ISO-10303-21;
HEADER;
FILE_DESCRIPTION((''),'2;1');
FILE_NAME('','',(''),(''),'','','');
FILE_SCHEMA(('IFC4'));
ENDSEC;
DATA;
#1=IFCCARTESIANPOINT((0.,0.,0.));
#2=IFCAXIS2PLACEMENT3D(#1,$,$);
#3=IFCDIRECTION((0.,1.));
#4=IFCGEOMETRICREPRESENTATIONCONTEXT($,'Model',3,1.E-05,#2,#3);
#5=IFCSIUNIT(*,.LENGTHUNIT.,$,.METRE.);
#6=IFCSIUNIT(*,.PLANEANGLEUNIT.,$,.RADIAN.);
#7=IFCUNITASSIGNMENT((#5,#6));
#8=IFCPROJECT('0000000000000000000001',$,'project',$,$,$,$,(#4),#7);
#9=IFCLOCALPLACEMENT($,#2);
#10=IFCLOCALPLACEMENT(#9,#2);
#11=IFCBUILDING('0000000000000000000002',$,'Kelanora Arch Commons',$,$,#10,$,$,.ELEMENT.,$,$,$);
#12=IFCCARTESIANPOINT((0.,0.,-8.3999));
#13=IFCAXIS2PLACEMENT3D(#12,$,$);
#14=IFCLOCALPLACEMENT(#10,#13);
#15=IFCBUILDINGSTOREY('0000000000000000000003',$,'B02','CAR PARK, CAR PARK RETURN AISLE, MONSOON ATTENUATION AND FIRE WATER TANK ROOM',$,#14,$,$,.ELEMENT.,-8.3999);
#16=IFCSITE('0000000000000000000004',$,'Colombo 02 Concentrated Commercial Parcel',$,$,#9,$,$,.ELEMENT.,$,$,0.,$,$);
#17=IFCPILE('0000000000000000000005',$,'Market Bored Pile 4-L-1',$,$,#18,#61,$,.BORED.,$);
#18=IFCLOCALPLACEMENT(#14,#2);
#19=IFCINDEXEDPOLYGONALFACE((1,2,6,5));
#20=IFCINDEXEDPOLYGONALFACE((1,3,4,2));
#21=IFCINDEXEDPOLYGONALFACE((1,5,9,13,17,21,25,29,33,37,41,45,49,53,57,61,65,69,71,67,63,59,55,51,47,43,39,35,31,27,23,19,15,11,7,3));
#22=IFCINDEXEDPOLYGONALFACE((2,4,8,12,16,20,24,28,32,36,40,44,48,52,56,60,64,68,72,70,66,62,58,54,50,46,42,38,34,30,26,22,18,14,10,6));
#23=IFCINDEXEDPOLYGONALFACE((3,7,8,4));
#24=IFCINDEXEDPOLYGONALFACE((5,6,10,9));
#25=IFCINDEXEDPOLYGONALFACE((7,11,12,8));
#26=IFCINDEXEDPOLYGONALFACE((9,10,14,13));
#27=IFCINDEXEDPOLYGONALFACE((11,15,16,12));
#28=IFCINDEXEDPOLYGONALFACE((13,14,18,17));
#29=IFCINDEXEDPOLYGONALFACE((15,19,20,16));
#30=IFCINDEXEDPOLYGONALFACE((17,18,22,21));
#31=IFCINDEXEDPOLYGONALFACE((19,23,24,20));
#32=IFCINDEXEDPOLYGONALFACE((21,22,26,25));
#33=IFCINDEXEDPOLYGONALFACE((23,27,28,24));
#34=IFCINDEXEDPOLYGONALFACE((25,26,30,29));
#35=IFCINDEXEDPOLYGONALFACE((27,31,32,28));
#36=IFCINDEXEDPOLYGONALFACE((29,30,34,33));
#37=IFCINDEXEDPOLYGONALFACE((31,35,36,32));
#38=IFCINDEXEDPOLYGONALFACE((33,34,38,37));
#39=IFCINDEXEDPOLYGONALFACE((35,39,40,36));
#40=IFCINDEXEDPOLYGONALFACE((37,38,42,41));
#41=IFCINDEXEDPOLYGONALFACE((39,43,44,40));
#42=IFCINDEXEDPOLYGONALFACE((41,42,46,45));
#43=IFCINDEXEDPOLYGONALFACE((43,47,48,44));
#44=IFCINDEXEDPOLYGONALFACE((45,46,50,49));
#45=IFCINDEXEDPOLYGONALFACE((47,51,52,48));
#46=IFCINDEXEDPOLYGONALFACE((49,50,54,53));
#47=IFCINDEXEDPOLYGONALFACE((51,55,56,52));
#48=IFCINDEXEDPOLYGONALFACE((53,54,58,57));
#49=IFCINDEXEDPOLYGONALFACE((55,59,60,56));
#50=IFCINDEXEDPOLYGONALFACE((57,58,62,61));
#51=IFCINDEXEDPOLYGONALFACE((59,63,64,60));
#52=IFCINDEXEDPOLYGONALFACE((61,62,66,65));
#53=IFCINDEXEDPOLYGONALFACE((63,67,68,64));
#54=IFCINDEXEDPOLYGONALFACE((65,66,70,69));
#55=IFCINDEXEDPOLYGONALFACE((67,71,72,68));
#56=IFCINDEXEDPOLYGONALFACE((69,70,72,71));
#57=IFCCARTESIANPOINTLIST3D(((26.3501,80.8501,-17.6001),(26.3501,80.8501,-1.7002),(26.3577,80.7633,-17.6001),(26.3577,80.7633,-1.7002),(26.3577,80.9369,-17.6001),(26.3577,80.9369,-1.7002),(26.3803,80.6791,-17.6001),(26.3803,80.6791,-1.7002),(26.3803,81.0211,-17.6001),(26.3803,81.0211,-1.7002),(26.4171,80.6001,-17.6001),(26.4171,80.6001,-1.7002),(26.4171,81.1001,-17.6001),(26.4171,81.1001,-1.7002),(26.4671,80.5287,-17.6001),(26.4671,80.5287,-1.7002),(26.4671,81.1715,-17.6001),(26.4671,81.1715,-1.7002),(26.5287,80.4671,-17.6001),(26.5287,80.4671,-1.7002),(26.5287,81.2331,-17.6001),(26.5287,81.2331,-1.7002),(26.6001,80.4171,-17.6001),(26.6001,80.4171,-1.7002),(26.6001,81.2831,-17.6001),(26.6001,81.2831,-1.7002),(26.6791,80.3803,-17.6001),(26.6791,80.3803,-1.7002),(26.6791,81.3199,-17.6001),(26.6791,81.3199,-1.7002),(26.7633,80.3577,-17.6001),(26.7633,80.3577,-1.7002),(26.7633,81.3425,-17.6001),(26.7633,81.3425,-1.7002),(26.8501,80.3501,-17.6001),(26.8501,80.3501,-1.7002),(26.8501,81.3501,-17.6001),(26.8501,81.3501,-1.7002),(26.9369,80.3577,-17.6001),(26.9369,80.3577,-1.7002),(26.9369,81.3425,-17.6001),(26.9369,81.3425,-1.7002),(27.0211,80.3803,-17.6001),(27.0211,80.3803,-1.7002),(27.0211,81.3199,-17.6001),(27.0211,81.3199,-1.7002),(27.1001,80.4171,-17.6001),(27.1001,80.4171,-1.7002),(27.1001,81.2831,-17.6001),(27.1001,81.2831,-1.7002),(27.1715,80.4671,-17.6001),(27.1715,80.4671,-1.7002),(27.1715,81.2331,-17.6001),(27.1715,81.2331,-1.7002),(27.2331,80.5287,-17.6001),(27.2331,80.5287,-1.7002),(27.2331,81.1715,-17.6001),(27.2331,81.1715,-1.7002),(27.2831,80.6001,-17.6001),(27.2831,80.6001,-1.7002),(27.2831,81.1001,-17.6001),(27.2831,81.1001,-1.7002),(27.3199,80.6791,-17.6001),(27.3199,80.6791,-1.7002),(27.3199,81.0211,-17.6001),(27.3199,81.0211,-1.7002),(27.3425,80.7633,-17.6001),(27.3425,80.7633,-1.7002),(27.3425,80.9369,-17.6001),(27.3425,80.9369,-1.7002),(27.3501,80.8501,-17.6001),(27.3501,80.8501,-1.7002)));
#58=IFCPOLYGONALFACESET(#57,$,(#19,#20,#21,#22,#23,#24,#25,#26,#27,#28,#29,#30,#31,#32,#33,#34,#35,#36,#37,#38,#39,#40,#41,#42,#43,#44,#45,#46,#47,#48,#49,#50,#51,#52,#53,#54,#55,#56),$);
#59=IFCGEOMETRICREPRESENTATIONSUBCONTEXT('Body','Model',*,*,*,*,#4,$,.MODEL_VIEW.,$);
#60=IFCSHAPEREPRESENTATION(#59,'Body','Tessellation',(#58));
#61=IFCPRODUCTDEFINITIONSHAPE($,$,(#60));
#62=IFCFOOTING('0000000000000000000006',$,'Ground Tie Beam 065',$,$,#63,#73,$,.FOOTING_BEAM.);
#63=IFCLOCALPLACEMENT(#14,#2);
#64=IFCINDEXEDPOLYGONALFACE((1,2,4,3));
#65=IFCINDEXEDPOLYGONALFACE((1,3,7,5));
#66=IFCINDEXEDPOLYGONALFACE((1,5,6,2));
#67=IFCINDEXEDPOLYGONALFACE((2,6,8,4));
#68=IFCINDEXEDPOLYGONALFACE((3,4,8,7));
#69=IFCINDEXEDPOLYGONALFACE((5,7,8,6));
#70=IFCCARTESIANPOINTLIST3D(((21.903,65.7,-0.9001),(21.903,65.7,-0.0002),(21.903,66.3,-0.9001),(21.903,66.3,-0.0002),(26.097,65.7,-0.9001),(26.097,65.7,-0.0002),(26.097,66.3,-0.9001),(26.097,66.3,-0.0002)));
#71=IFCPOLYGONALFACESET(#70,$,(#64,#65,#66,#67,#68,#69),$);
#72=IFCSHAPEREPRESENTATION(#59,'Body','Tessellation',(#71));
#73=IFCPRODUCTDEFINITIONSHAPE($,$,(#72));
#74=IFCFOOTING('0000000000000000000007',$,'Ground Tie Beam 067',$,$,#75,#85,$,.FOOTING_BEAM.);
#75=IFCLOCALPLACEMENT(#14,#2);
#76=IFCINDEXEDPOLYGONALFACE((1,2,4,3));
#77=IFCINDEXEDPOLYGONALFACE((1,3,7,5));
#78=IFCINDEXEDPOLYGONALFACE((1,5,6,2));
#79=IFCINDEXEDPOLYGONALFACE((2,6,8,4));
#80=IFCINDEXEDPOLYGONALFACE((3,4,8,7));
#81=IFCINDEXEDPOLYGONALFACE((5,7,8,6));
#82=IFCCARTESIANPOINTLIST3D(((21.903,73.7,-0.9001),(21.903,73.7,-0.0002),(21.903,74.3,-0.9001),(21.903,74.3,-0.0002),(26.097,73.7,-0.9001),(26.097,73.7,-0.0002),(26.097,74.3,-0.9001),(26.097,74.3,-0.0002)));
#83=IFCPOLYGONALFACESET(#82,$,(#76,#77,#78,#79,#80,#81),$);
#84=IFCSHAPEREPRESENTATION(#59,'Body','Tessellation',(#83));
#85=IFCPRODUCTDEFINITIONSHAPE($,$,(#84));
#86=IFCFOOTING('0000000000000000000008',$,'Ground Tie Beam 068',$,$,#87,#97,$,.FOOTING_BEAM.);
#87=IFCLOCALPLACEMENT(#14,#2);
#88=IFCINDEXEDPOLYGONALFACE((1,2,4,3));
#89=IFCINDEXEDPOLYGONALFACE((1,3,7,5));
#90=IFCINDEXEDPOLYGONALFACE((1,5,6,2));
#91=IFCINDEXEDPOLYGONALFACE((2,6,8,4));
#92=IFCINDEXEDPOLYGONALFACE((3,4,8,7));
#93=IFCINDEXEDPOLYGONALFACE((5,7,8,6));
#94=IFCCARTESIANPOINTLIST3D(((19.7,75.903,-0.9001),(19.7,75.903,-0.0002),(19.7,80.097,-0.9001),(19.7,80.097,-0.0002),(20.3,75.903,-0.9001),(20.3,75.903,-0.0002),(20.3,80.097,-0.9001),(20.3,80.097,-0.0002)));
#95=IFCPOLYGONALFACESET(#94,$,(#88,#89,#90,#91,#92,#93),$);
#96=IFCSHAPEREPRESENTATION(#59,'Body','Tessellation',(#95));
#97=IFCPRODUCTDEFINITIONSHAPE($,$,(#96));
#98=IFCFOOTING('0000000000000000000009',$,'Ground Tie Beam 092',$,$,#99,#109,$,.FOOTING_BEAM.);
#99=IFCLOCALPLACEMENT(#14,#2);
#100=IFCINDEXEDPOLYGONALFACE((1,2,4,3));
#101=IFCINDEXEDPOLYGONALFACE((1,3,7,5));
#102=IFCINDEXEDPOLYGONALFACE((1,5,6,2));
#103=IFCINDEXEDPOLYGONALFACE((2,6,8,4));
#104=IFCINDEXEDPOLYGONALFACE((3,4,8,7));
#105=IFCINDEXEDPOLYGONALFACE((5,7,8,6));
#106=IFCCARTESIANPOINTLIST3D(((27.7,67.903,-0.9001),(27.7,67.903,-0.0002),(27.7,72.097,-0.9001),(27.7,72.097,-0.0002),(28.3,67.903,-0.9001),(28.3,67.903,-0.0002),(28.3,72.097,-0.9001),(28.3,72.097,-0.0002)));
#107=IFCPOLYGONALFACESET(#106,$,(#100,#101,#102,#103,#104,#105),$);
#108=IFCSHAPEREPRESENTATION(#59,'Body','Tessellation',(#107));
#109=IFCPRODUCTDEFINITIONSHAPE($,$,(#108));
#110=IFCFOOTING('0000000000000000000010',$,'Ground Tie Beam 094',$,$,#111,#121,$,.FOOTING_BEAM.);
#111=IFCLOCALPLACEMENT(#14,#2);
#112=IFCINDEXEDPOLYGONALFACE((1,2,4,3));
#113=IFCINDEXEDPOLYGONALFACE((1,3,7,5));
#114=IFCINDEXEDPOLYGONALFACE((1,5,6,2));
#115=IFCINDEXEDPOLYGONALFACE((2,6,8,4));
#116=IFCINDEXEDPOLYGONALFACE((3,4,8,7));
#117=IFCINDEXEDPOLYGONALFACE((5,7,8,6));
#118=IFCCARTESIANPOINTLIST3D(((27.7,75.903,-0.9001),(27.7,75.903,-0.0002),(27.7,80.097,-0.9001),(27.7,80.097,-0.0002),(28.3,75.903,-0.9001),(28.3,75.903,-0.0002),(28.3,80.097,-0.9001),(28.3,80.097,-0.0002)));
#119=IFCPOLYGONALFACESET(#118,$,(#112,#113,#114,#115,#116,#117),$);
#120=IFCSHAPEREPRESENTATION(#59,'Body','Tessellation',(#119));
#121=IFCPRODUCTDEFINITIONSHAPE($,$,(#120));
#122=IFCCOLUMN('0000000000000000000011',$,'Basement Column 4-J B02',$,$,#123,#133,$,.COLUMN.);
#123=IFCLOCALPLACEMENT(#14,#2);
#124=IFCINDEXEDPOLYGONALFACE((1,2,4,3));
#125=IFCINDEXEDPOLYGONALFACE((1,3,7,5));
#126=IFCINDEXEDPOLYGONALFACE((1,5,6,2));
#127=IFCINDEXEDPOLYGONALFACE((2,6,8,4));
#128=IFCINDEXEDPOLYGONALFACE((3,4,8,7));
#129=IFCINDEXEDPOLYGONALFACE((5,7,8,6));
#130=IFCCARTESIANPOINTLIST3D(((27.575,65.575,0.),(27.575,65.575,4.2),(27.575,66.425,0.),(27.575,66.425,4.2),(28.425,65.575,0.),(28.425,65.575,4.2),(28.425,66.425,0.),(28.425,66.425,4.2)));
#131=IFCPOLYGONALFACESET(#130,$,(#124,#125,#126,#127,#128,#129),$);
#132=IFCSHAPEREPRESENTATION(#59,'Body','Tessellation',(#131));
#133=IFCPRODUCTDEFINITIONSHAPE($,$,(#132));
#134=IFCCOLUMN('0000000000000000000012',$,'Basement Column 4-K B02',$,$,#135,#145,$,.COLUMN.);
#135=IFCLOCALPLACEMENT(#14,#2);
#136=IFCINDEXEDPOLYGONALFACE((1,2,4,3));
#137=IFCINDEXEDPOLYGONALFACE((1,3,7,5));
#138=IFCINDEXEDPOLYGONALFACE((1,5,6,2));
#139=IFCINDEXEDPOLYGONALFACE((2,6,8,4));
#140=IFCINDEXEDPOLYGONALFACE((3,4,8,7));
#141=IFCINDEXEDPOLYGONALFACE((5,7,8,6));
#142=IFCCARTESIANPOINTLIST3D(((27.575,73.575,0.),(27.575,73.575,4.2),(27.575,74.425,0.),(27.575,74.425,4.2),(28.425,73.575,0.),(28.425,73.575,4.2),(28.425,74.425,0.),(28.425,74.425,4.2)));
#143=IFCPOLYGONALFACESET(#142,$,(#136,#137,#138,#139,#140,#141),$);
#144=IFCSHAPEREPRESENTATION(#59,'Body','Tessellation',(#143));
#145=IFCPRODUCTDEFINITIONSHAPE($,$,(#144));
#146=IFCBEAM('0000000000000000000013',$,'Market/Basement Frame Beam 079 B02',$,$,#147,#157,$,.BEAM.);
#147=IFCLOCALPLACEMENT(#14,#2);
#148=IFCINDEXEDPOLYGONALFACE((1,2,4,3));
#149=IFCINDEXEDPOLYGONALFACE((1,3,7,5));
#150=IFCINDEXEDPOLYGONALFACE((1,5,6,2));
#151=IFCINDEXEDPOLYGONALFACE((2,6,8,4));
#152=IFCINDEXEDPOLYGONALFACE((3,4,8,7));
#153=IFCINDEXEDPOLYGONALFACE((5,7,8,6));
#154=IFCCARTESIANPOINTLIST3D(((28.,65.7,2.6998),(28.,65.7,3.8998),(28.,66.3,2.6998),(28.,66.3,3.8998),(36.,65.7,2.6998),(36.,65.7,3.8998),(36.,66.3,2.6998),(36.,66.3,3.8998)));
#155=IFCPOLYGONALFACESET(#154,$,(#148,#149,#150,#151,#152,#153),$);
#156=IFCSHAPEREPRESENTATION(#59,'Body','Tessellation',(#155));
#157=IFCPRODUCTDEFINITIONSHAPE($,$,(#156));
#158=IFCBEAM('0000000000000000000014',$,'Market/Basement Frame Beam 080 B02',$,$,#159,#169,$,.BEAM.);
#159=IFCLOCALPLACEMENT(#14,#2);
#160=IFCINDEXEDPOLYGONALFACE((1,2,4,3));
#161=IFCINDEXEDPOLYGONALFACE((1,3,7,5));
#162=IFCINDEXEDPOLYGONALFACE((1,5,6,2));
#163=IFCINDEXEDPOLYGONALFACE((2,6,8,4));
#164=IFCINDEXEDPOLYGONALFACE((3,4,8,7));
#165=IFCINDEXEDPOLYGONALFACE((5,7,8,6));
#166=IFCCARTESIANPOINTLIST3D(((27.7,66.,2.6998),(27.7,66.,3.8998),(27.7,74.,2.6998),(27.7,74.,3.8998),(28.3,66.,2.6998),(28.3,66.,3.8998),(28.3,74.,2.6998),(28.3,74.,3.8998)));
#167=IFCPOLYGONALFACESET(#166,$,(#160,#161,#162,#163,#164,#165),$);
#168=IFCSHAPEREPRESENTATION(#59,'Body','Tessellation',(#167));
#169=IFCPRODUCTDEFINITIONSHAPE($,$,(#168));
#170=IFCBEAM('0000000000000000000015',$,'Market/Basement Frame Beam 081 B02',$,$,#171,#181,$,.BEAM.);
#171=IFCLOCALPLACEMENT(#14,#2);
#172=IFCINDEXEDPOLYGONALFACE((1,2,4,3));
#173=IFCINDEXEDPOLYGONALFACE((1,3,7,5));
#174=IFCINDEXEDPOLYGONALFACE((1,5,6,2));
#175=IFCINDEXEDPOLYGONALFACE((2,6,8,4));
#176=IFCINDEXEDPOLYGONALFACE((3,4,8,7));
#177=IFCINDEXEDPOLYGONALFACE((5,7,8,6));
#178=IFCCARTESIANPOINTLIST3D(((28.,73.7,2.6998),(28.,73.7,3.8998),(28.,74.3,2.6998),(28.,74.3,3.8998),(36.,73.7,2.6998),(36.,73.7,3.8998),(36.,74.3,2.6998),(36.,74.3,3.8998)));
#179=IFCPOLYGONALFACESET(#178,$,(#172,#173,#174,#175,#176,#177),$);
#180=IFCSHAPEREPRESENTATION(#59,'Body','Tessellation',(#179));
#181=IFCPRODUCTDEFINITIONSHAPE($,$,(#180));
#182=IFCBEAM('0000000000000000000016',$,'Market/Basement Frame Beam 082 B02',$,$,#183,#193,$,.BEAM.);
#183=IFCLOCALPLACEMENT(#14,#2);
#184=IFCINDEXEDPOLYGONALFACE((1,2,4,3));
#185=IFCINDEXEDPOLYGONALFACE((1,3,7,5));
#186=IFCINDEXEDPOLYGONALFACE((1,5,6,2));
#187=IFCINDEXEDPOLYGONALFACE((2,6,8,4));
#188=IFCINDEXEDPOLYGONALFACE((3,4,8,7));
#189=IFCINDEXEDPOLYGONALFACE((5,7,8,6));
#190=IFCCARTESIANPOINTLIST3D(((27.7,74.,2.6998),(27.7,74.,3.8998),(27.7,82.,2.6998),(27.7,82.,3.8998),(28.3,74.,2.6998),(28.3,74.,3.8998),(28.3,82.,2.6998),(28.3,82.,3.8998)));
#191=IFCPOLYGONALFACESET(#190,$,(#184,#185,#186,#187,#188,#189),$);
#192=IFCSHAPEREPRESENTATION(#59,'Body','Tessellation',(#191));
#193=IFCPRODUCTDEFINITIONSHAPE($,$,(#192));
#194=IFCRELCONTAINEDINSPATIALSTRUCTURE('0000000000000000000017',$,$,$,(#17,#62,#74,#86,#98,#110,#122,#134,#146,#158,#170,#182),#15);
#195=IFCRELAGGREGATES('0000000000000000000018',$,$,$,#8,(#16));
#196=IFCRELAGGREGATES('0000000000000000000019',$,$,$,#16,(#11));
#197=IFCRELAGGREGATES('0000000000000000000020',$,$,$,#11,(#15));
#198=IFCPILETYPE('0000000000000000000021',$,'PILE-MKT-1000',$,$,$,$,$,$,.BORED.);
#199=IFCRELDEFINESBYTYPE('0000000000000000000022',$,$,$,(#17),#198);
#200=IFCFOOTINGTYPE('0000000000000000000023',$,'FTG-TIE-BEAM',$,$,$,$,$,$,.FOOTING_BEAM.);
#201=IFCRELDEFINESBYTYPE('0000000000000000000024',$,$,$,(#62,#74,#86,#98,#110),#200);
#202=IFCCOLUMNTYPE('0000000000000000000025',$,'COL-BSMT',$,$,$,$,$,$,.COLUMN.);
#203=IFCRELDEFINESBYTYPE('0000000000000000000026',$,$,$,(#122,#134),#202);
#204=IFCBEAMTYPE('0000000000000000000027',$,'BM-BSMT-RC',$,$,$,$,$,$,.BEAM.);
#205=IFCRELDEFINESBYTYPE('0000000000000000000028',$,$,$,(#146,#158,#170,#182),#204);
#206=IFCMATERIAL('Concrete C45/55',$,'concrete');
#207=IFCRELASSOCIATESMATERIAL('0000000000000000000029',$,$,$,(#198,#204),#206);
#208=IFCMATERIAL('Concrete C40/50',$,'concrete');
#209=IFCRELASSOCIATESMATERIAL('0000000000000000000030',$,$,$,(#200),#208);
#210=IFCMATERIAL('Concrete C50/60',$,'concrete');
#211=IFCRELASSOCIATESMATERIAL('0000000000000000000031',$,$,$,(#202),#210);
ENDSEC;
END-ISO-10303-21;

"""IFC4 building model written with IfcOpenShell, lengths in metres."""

from ifc_helpers import new_model, si_unit, direction, frame, origin, origin_2d, place, context, subcontext, project, spatial, rectangle, circle, extrude, source, transform, mapped, material, material_profile, profile_set, type_object, element, save


model = new_model("IFC4")

# Units and contexts
model_context = context("Model", 3, precision=1e-05, world=origin(), true_north=direction((0.0, 1.0)))
body_context = subcontext(model_context, "Body", "Model", "MODEL_VIEW")
ifc_project = project(units=[si_unit("LENGTHUNIT", "METRE"), si_unit("PLANEANGLEUNIT", "RADIAN")], contexts=[model_context])

# Site, building, storey
site_placement = place(None, origin())
site = spatial("IfcSite", under=ifc_project, at=site_placement, Name="Colombo 02 Concentrated Commercial Parcel", CompositionType="ELEMENT", RefElevation=0.0)
building_placement = place(site_placement, origin())
building = spatial("IfcBuilding", under=site, at=building_placement, Name="Kelanora Arch Commons", CompositionType="ELEMENT")
storey_placement = place(building_placement, frame((0.0, 0.0, -8.3999)))
storey = spatial("IfcBuildingStorey", under=building, at=storey_placement, Name="B02", Description="CAR PARK, CAR PARK RETURN AISLE, MONSOON ATTENUATION AND FIRE WATER TANK ROOM", CompositionType="ELEMENT", Elevation=-8.3999)

# Shared definitions
ifc_material_1 = material(Name="Concrete C40/50", Category="concrete")

# Pile
ifc_material_2 = material(Name="Concrete C45/55", Category="concrete")
ifc_material_profile_1 = material_profile(ifc_material_2, circle(Radius=0.5, at=origin_2d()), Name="PILE1000")
ifc_profile_set_1 = profile_set([ifc_material_profile_1], Name="Concrete C45/55")
pile_type = type_object("IfcPileType", Name="PILE-MKT-1000", PredefinedType="BORED", material=ifc_profile_set_1)
shared_shape_1 = source(origin(), body_context, "Body", "SweptSolid", [
    extrude(circle(Radius=0.5, at=origin_2d()), origin(), (0.0, 0.0, 1.0), 15.8999),
])
for number, where, z_axis, x_axis, name in (
    (1, (26.8501, 80.8501, -1.7002), (0.0, 0.0, -1.0), (1.0, 0.0, 0.0), "Market Bored Pile 4-L-1"),
):
    element("IfcPile", number, at=place(storey_placement, frame(where, z_axis=z_axis, x_axis=x_axis)), inside=storey, type_object=pile_type, Name=name, PredefinedType="BORED", context=body_context, shape_type="MappedRepresentation", body=[
        mapped(shared_shape_1, transform((0.0, 0.0, 0.0), scale=1.0)),
    ])

# Footings
footing_type_1 = type_object("IfcFootingType", Name="FTG-TIE-BEAM", PredefinedType="FOOTING_BEAM", material=ifc_material_1)
shared_shape_2 = source(origin(), body_context, "Body", "SweptSolid", [
    extrude(rectangle(XDim=4.1941, YDim=0.6001, at=origin_2d()), origin(), (0.0, 0.0, 1.0), 0.8999),
])
for number, where, z_axis, x_axis, name in (
    (2, (24.0, 66.0, -0.9001), (0.0, 0.0, 1.0), (1.0, 0.0, 0.0), "Ground Tie Beam 065"),
    (3, (24.0, 74.0, -0.9001), (0.0, 0.0, 1.0), (1.0, 0.0, 0.0), "Ground Tie Beam 067"),
    (4, (20.0, 78.0, -0.9001), (0.0, 0.0, 1.0), (0.0, 1.0, 0.0), "Ground Tie Beam 068"),
    (5, (28.0, 70.0, -0.9001), (0.0, 0.0, 1.0), (0.0, 1.0, 0.0), "Ground Tie Beam 092"),
    (6, (28.0, 78.0, -0.9001), (0.0, 0.0, 1.0), (0.0, 1.0, 0.0), "Ground Tie Beam 094"),
):
    element("IfcFooting", number, at=place(storey_placement, frame(where, z_axis=z_axis, x_axis=x_axis)), inside=storey, type_object=footing_type_1, Name=name, PredefinedType="FOOTING_BEAM", context=body_context, shape_type="MappedRepresentation", body=[
        mapped(shared_shape_2, transform((0.0, 0.0, 0.0), scale=1.0)),
    ])

# Columns
ifc_material_3 = material(Name="Concrete C50/60", Category="concrete")
ifc_material_profile_2 = material_profile(ifc_material_3, rectangle(XDim=0.8501, YDim=0.8501, at=origin_2d()), Name="RC850x850")
ifc_profile_set_2 = profile_set([ifc_material_profile_2], Name="Concrete C50/60")
column_type = type_object("IfcColumnType", Name="COL-BSMT", PredefinedType="COLUMN", material=ifc_profile_set_2)
for number, where, z_axis, x_axis, name in (
    (7, (28.0, 66.0, 0.0), (0.0, 0.0, 1.0), (1.0, 0.0, 0.0), "Basement Column 4-J B02"),
    (8, (28.0, 74.0, 0.0), (0.0, 0.0, 1.0), (1.0, 0.0, 0.0), "Basement Column 4-K B02"),
):
    element("IfcColumn", number, at=place(storey_placement, frame(where, z_axis=z_axis, x_axis=x_axis)), inside=storey, type_object=column_type, Name=name, PredefinedType="COLUMN", context=body_context, shape_type="SweptSolid", body=[
        extrude(rectangle(XDim=0.8501, YDim=0.8501, at=origin_2d()), origin(), (0.0, 0.0, 1.0), 4.2),
    ])

# Beams
ifc_material_profile_3 = material_profile(ifc_material_2, rectangle(XDim=0.6001, YDim=1.2, at=origin_2d()), Name="RCB600x1200")
ifc_profile_set_3 = profile_set([ifc_material_profile_3], Name="Concrete C45/55")
beam_type = type_object("IfcBeamType", Name="BM-BSMT-RC", PredefinedType="BEAM", material=ifc_profile_set_3)
for number, where, z_axis, x_axis, name in (
    (9, (28.0, 66.0, 3.2998), (1.0, 0.0, 0.0), (0.0, 1.0, 0.0), "Market/Basement Frame Beam 079 B02"),
    (10, (28.0, 66.0, 3.2998), (0.0, 1.0, 0.0), (-1.0, 0.0, 0.0), "Market/Basement Frame Beam 080 B02"),
    (11, (28.0, 74.0, 3.2998), (1.0, 0.0, 0.0), (0.0, 1.0, 0.0), "Market/Basement Frame Beam 081 B02"),
    (12, (28.0, 74.0, 3.2998), (0.0, 1.0, 0.0), (-1.0, 0.0, 0.0), "Market/Basement Frame Beam 082 B02"),
):
    element("IfcBeam", number, at=place(storey_placement, frame(where, z_axis=z_axis, x_axis=x_axis)), inside=storey, type_object=beam_type, Name=name, PredefinedType="BEAM", context=body_context, shape_type="SweptSolid", body=[
        extrude(rectangle(XDim=0.6001, YDim=1.2, at=origin_2d()), origin(), (0.0, 0.0, 1.0), 8.0),
    ])

save(model, "model.ifc")
